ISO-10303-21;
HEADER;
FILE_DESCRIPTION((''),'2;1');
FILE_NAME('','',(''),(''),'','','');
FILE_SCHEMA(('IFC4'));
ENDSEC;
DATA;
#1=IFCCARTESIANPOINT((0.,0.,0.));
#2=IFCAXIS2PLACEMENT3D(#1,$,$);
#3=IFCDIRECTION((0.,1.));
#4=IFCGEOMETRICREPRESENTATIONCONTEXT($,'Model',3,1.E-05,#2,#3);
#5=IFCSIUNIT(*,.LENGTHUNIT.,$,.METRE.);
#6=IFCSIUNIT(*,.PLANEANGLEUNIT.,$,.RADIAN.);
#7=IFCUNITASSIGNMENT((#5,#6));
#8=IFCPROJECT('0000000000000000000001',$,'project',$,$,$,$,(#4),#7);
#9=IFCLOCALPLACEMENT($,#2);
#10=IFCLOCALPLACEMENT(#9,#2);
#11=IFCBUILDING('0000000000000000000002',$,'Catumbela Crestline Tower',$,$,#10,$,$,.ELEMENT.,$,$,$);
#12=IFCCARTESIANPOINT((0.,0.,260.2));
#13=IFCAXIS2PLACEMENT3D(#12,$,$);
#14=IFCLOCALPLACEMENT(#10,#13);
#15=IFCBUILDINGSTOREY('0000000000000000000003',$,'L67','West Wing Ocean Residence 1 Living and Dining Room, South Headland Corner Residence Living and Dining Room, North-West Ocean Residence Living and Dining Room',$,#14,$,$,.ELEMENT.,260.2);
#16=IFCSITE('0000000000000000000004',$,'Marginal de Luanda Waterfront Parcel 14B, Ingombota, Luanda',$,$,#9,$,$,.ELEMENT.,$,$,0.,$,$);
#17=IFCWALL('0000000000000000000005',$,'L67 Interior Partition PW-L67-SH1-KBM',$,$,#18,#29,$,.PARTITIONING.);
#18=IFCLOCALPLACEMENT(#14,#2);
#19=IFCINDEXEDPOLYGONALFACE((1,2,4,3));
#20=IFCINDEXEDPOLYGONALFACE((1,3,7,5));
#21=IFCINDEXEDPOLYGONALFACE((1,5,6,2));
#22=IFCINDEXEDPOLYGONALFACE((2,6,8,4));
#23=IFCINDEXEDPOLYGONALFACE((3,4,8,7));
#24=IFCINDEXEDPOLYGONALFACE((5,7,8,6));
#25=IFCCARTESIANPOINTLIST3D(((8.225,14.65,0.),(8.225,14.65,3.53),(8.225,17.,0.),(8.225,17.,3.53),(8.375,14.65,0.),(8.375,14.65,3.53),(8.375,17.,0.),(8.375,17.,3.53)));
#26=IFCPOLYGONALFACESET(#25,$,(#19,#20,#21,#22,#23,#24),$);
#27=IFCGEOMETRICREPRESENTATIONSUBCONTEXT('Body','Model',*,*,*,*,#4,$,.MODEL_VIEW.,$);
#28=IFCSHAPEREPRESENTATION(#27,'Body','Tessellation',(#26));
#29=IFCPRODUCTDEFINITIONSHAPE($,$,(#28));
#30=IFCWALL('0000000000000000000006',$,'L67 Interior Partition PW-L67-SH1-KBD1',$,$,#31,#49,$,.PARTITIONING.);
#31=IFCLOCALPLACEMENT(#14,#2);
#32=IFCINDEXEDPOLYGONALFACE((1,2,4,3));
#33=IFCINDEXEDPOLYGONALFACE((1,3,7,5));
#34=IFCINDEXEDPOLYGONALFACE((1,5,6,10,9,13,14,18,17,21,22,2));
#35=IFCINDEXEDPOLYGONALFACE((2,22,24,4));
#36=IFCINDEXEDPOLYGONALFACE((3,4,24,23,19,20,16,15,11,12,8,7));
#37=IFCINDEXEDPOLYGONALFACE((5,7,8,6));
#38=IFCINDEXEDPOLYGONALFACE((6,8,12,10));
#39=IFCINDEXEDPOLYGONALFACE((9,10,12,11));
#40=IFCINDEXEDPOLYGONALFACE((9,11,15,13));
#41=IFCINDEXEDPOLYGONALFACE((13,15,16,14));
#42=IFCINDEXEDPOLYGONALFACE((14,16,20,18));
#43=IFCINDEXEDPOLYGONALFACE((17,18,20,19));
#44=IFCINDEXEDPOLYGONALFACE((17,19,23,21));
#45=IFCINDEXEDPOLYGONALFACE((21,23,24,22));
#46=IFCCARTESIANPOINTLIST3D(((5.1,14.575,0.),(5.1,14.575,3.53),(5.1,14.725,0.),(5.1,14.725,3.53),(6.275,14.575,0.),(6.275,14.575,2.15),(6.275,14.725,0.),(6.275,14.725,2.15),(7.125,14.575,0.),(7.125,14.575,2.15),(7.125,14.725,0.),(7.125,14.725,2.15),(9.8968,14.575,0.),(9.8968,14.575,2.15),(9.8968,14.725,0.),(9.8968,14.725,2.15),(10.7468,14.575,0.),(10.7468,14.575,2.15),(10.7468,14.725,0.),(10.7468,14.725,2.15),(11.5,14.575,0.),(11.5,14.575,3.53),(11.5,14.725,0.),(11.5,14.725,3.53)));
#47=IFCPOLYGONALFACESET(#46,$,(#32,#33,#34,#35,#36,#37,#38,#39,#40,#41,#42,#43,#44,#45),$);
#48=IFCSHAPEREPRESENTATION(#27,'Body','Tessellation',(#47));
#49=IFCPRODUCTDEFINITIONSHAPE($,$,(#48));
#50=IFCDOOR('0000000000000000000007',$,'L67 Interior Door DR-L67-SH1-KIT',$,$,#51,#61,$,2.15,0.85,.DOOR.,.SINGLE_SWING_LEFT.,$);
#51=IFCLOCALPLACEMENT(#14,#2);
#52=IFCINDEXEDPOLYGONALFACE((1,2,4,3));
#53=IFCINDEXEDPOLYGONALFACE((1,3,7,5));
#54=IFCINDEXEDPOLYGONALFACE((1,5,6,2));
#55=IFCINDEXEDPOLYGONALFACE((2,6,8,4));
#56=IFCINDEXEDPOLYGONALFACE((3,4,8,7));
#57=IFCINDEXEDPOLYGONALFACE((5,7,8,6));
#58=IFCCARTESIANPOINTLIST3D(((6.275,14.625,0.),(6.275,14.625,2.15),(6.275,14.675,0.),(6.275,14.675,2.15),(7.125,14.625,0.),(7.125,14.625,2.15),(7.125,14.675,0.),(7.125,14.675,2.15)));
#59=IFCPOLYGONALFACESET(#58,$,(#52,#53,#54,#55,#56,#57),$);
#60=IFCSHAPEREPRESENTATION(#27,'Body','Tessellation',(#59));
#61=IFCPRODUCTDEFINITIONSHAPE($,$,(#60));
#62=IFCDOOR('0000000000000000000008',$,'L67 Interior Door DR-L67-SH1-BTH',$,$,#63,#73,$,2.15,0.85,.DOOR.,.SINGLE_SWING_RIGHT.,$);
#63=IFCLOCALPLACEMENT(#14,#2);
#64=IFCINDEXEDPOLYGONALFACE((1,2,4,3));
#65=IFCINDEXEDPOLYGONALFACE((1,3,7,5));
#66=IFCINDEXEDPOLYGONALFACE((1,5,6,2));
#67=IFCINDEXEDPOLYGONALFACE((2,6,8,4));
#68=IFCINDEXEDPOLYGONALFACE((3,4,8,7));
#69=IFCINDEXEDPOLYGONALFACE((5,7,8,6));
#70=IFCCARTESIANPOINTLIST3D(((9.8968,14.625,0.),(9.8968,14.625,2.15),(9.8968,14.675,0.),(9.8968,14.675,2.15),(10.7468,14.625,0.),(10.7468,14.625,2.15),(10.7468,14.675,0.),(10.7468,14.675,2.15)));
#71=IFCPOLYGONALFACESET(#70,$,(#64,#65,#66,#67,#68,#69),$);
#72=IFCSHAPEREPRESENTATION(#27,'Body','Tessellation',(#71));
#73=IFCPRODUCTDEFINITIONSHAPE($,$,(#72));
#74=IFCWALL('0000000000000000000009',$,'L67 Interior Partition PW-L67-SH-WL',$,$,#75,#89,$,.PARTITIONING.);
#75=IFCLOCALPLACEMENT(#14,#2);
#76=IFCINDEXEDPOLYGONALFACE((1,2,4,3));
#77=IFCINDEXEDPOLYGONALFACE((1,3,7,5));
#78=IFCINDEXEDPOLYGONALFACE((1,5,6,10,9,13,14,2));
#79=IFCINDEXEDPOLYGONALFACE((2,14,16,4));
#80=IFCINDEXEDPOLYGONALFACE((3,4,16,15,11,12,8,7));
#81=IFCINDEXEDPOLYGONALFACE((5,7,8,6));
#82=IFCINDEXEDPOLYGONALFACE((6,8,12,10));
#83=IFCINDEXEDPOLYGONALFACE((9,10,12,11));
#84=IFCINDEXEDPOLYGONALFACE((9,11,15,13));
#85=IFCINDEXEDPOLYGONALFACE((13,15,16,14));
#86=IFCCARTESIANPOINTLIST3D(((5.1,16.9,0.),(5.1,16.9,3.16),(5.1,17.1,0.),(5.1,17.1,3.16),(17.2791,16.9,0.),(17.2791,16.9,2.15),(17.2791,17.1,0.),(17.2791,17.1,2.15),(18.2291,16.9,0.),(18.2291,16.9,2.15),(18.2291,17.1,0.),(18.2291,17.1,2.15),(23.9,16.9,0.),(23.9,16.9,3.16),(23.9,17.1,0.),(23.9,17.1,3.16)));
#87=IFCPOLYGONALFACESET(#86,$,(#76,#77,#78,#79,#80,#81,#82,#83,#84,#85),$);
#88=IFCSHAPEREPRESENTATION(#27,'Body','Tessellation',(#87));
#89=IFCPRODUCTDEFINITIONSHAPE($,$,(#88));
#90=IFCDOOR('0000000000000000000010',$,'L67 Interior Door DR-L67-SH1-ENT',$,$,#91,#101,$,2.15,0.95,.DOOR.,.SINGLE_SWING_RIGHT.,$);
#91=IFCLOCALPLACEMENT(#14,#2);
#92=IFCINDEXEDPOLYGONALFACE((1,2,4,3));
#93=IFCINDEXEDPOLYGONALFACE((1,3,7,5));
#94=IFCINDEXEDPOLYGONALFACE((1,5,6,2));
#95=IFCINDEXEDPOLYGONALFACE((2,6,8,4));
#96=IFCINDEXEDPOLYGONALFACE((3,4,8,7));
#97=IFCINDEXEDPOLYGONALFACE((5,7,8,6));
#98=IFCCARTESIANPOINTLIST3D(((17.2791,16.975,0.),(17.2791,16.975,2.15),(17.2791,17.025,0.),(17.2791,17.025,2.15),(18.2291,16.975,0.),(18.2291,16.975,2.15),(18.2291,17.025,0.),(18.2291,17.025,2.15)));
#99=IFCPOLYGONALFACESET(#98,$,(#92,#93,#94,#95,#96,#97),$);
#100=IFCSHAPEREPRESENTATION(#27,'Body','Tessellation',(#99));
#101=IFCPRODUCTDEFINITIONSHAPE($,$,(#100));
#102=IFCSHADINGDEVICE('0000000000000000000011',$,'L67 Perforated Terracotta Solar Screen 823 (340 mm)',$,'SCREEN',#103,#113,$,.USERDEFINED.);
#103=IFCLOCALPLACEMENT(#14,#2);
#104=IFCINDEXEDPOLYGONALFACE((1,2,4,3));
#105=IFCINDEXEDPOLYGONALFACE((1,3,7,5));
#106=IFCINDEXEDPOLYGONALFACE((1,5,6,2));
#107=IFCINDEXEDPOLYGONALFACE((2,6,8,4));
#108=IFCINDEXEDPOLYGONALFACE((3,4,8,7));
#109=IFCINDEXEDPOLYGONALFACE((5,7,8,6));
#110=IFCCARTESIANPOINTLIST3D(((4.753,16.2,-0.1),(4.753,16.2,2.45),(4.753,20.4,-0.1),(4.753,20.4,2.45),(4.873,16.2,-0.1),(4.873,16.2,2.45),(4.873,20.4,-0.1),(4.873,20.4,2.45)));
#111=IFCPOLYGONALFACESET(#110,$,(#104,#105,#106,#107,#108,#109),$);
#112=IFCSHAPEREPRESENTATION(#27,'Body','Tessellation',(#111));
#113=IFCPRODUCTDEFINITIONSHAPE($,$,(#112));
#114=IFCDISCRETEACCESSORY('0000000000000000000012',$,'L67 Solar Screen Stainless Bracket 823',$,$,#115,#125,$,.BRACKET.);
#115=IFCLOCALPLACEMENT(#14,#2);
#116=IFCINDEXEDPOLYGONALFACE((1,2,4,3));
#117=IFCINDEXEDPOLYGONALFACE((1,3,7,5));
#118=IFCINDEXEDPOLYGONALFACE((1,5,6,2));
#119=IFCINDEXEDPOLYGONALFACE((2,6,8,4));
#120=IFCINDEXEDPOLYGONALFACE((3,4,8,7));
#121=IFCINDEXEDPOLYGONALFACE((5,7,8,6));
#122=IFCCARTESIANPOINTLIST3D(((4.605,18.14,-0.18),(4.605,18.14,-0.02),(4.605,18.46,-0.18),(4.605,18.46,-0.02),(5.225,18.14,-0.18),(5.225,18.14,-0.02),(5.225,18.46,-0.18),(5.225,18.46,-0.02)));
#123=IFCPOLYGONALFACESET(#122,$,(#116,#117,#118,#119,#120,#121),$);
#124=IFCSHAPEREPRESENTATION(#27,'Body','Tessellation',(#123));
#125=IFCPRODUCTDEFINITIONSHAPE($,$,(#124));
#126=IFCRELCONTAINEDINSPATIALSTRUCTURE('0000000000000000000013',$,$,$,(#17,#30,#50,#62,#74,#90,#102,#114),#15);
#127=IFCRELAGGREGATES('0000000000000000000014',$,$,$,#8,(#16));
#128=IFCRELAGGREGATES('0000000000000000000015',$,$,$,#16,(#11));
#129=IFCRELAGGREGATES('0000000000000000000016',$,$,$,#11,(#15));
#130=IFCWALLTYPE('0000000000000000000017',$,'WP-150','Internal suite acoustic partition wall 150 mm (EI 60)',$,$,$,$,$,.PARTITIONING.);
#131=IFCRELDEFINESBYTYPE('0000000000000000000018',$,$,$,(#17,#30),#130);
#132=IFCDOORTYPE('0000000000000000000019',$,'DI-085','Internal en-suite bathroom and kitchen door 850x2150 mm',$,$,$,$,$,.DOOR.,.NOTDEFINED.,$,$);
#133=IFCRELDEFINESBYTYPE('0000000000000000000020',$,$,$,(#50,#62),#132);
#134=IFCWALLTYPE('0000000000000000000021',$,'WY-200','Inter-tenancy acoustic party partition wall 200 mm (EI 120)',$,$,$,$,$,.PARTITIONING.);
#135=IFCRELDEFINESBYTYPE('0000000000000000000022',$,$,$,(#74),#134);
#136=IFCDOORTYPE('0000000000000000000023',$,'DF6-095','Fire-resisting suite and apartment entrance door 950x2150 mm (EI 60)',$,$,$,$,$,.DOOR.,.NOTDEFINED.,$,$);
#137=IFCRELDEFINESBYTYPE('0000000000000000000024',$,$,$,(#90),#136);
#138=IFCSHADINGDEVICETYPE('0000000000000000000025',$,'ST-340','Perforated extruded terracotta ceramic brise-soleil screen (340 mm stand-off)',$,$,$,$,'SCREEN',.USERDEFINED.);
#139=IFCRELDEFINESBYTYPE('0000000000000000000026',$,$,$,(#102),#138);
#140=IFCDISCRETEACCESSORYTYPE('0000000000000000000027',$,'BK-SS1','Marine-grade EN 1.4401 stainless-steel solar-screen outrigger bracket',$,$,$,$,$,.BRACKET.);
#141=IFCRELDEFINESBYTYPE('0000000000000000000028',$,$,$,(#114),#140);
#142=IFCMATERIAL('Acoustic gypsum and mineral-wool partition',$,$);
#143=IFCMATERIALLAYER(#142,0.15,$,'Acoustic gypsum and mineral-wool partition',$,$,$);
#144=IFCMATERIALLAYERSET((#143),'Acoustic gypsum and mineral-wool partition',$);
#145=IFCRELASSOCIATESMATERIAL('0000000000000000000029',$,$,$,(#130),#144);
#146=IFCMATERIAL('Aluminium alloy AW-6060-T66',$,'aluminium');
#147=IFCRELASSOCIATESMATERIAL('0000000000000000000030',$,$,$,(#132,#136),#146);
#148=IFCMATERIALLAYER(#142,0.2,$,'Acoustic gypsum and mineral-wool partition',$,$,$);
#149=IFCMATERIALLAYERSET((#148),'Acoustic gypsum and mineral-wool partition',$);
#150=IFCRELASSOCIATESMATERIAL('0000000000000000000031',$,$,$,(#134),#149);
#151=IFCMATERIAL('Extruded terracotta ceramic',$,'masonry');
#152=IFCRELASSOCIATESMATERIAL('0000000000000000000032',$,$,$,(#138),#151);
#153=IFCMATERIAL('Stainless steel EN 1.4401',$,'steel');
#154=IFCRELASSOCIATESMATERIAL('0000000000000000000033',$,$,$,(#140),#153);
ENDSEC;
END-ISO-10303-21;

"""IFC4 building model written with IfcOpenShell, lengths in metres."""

from ifc_helpers import new_model, si_unit, direction, frame, frame_2d, origin, origin_2d, place, context, subcontext, project, spatial, rectangle, extrude, material, layer, layer_set, type_object, element, fill, save


model = new_model("IFC4")

# Units and contexts
model_context = context("Model", 3, precision=1e-05, world=origin(), true_north=direction((0.0, 1.0)))
body_context = subcontext(model_context, "Body", "Model", "MODEL_VIEW")
ifc_project = project(units=[si_unit("LENGTHUNIT", "METRE"), si_unit("PLANEANGLEUNIT", "RADIAN")], contexts=[model_context])

# Site, building, storey
site_placement = place(None, origin())
site = spatial("IfcSite", under=ifc_project, at=site_placement, Name="Marginal de Luanda Waterfront Parcel 14B, Ingombota, Luanda", CompositionType="ELEMENT", RefElevation=0.0)
building_placement = place(site_placement, origin())
building = spatial("IfcBuilding", under=site, at=building_placement, Name="Catumbela Crestline Tower", CompositionType="ELEMENT")
storey_placement = place(building_placement, frame((0.0, 0.0, 260.2)))
storey = spatial("IfcBuildingStorey", under=building, at=storey_placement, Name="L67", Description="West Wing Ocean Residence 1 Living and Dining Room, South Headland Corner Residence Living and Dining Room, North-West Ocean Residence Living and Dining Room", CompositionType="ELEMENT", Elevation=260.2)

# Shared definitions
ifc_material_1 = material(Name="Aluminium alloy AW-6060-T66", Category="aluminium")

# Wall
ifc_material_2 = material(Name="Acoustic gypsum and mineral-wool partition")
ifc_layer_1 = layer(ifc_material_2, 0.15, Name="Acoustic gypsum and mineral-wool partition")
ifc_layer_set_1 = layer_set([ifc_layer_1], Name="Acoustic gypsum and mineral-wool partition")
wall_type_1 = type_object("IfcWallType", Name="WP-150", Description="Internal suite acoustic partition wall 150 mm (EI 60)", PredefinedType="PARTITIONING", material=ifc_layer_set_1)
wall_1_placement = place(storey_placement, frame((8.3, 14.65, 0.0), z_axis=(0.0, 0.0, 1.0), x_axis=(0.0, 1.0, 0.0)))
element("IfcWall", 1, at=wall_1_placement, inside=storey, type_object=wall_type_1, Name="L67 Interior Partition PW-L67-SH1-KBM", PredefinedType="PARTITIONING", context=body_context, shape_type="SweptSolid", body=[
    extrude(rectangle(XDim=2.35, YDim=0.15, at=frame_2d((1.175, 0.0))), origin(), (0.0, 0.0, 1.0), 3.53),
])

# Wall, openings, doors
wall_2_placement = place(storey_placement, frame((5.1, 14.65, 0.0), z_axis=(0.0, 0.0, 1.0), x_axis=(1.0, 0.0, 0.0)))
wall_2 = element("IfcWall", 2, at=wall_2_placement, inside=storey, type_object=wall_type_1, Name="L67 Interior Partition PW-L67-SH1-KBD1", PredefinedType="PARTITIONING", context=body_context, shape_type="SweptSolid", body=[
    extrude(rectangle(XDim=6.4, YDim=0.15, at=frame_2d((3.2, 0.0))), origin(), (0.0, 0.0, 1.0), 3.53),
])
opening_1_placement = place(wall_2_placement, frame((1.175, 0.0, 0.0)))
opening_1 = element("IfcOpeningElement", 3, at=opening_1_placement, cuts=wall_2, PredefinedType="OPENING", context=body_context, shape_type="SweptSolid", body=[
    extrude(rectangle(XDim=0.85, YDim=2.15, at=frame_2d((0.425, 1.075))), frame((0.0, 0.085, 0.0), z_axis=(0.0, -1.0, 0.0), x_axis=(1.0, 0.0, 0.0)), (0.0, 0.0, 1.0), 0.17),
])
opening_2_placement = place(wall_2_placement, frame((4.7968, 0.0, 0.0)))
opening_2 = element("IfcOpeningElement", 4, at=opening_2_placement, cuts=wall_2, PredefinedType="OPENING", context=body_context, shape_type="SweptSolid", body=[
    extrude(rectangle(XDim=0.85, YDim=2.15, at=frame_2d((0.425, 1.075))), frame((0.0, 0.085, 0.0), z_axis=(0.0, -1.0, 0.0), x_axis=(1.0, 0.0, 0.0)), (0.0, 0.0, 1.0), 0.17),
])
door_type_1 = type_object("IfcDoorType", Name="DI-085", Description="Internal en-suite bathroom and kitchen door 850x2150 mm", OperationType="NOTDEFINED", PredefinedType="DOOR", material=ifc_material_1)
door_1_placement = place(opening_1_placement, origin())
door_1 = element("IfcDoor", 5, at=door_1_placement, inside=storey, type_object=door_type_1, Name="L67 Interior Door DR-L67-SH1-KIT", OperationType="SINGLE_SWING_LEFT", OverallHeight=2.15, OverallWidth=0.85, PredefinedType="DOOR", context=body_context, shape_type="SweptSolid", body=[
    extrude(rectangle(XDim=0.85, YDim=2.15, at=frame_2d((0.425, 1.075))), frame((0.0, 0.025, 0.0), z_axis=(0.0, -1.0, 0.0), x_axis=(1.0, 0.0, 0.0)), (0.0, 0.0, 1.0), 0.05),
])
fill(opening_1, door_1)
door_2_placement = place(opening_2_placement, origin())
door_2 = element("IfcDoor", 6, at=door_2_placement, inside=storey, type_object=door_type_1, Name="L67 Interior Door DR-L67-SH1-BTH", OperationType="SINGLE_SWING_RIGHT", OverallHeight=2.15, OverallWidth=0.85, PredefinedType="DOOR", context=body_context, shape_type="SweptSolid", body=[
    extrude(rectangle(XDim=0.85, YDim=2.15, at=frame_2d((0.425, 1.075))), frame((0.0, 0.025, 0.0), z_axis=(0.0, -1.0, 0.0), x_axis=(1.0, 0.0, 0.0)), (0.0, 0.0, 1.0), 0.05),
])
fill(opening_2, door_2)

# Wall, opening, door
ifc_layer_2 = layer(ifc_material_2, 0.2, Name="Acoustic gypsum and mineral-wool partition")
ifc_layer_set_2 = layer_set([ifc_layer_2], Name="Acoustic gypsum and mineral-wool partition")
wall_type_2 = type_object("IfcWallType", Name="WY-200", Description="Inter-tenancy acoustic party partition wall 200 mm (EI 120)", PredefinedType="PARTITIONING", material=ifc_layer_set_2)
wall_3_placement = place(storey_placement, frame((5.1, 17.0, 0.0), z_axis=(0.0, 0.0, 1.0), x_axis=(1.0, 0.0, 0.0)))
wall_3 = element("IfcWall", 7, at=wall_3_placement, inside=storey, type_object=wall_type_2, Name="L67 Interior Partition PW-L67-SH-WL", PredefinedType="PARTITIONING", context=body_context, shape_type="SweptSolid", body=[
    extrude(rectangle(XDim=18.8, YDim=0.2, at=frame_2d((9.4, 0.0))), origin(), (0.0, 0.0, 1.0), 3.16),
])
opening_3_placement = place(wall_3_placement, frame((12.1791, 0.0, 0.0)))
opening_3 = element("IfcOpeningElement", 8, at=opening_3_placement, cuts=wall_3, PredefinedType="OPENING", context=body_context, shape_type="SweptSolid", body=[
    extrude(rectangle(XDim=0.95, YDim=2.15, at=frame_2d((0.475, 1.075))), frame((0.0, 0.11, 0.0), z_axis=(0.0, -1.0, 0.0), x_axis=(1.0, 0.0, 0.0)), (0.0, 0.0, 1.0), 0.22),
])
door_type_2 = type_object("IfcDoorType", Name="DF6-095", Description="Fire-resisting suite and apartment entrance door 950x2150 mm (EI 60)", OperationType="NOTDEFINED", PredefinedType="DOOR", material=ifc_material_1)
door_3_placement = place(opening_3_placement, origin())
door_3 = element("IfcDoor", 9, at=door_3_placement, inside=storey, type_object=door_type_2, Name="L67 Interior Door DR-L67-SH1-ENT", OperationType="SINGLE_SWING_RIGHT", OverallHeight=2.15, OverallWidth=0.95, PredefinedType="DOOR", context=body_context, shape_type="SweptSolid", body=[
    extrude(rectangle(XDim=0.95, YDim=2.15, at=frame_2d((0.475, 1.075))), frame((0.0, 0.025, 0.0), z_axis=(0.0, -1.0, 0.0), x_axis=(1.0, 0.0, 0.0)), (0.0, 0.0, 1.0), 0.05),
])
fill(opening_3, door_3)

# Shading device
ifc_material_3 = material(Name="Extruded terracotta ceramic", Category="masonry")
shading_device_type = type_object("IfcShadingDeviceType", Name="ST-340", Description="Perforated extruded terracotta ceramic brise-soleil screen (340 mm stand-off)", ElementType="SCREEN", PredefinedType="USERDEFINED", material=ifc_material_3)
shading_device_placement = place(storey_placement, frame((4.813, 18.3, -0.1), z_axis=(0.0, 0.0, 1.0), x_axis=(0.0, -1.0, 0.0)))
element("IfcShadingDevice", 10, at=shading_device_placement, inside=storey, type_object=shading_device_type, Name="L67 Perforated Terracotta Solar Screen 823 (340 mm)", ObjectType="SCREEN", PredefinedType="USERDEFINED", context=body_context, shape_type="SweptSolid", body=[
    extrude(rectangle(XDim=4.2, YDim=0.12, at=origin_2d()), origin(), (0.0, 0.0, 1.0), 2.55),
])

# Discrete accessory
ifc_material_4 = material(Name="Stainless steel EN 1.4401", Category="steel")
discrete_accessory_type = type_object("IfcDiscreteAccessoryType", Name="BK-SS1", Description="Marine-grade EN 1.4401 stainless-steel solar-screen outrigger bracket", PredefinedType="BRACKET", material=ifc_material_4)
discrete_accessory_placement = place(storey_placement, frame((4.915, 18.3, -0.18), z_axis=(0.0, 0.0, 1.0), x_axis=(0.0, -1.0, 0.0)))
element("IfcDiscreteAccessory", 11, at=discrete_accessory_placement, inside=storey, type_object=discrete_accessory_type, Name="L67 Solar Screen Stainless Bracket 823", PredefinedType="BRACKET", context=body_context, shape_type="SweptSolid", body=[
    extrude(rectangle(XDim=0.32, YDim=0.62, at=origin_2d()), origin(), (0.0, 0.0, 1.0), 0.16),
])

save(model, "model.ifc")
